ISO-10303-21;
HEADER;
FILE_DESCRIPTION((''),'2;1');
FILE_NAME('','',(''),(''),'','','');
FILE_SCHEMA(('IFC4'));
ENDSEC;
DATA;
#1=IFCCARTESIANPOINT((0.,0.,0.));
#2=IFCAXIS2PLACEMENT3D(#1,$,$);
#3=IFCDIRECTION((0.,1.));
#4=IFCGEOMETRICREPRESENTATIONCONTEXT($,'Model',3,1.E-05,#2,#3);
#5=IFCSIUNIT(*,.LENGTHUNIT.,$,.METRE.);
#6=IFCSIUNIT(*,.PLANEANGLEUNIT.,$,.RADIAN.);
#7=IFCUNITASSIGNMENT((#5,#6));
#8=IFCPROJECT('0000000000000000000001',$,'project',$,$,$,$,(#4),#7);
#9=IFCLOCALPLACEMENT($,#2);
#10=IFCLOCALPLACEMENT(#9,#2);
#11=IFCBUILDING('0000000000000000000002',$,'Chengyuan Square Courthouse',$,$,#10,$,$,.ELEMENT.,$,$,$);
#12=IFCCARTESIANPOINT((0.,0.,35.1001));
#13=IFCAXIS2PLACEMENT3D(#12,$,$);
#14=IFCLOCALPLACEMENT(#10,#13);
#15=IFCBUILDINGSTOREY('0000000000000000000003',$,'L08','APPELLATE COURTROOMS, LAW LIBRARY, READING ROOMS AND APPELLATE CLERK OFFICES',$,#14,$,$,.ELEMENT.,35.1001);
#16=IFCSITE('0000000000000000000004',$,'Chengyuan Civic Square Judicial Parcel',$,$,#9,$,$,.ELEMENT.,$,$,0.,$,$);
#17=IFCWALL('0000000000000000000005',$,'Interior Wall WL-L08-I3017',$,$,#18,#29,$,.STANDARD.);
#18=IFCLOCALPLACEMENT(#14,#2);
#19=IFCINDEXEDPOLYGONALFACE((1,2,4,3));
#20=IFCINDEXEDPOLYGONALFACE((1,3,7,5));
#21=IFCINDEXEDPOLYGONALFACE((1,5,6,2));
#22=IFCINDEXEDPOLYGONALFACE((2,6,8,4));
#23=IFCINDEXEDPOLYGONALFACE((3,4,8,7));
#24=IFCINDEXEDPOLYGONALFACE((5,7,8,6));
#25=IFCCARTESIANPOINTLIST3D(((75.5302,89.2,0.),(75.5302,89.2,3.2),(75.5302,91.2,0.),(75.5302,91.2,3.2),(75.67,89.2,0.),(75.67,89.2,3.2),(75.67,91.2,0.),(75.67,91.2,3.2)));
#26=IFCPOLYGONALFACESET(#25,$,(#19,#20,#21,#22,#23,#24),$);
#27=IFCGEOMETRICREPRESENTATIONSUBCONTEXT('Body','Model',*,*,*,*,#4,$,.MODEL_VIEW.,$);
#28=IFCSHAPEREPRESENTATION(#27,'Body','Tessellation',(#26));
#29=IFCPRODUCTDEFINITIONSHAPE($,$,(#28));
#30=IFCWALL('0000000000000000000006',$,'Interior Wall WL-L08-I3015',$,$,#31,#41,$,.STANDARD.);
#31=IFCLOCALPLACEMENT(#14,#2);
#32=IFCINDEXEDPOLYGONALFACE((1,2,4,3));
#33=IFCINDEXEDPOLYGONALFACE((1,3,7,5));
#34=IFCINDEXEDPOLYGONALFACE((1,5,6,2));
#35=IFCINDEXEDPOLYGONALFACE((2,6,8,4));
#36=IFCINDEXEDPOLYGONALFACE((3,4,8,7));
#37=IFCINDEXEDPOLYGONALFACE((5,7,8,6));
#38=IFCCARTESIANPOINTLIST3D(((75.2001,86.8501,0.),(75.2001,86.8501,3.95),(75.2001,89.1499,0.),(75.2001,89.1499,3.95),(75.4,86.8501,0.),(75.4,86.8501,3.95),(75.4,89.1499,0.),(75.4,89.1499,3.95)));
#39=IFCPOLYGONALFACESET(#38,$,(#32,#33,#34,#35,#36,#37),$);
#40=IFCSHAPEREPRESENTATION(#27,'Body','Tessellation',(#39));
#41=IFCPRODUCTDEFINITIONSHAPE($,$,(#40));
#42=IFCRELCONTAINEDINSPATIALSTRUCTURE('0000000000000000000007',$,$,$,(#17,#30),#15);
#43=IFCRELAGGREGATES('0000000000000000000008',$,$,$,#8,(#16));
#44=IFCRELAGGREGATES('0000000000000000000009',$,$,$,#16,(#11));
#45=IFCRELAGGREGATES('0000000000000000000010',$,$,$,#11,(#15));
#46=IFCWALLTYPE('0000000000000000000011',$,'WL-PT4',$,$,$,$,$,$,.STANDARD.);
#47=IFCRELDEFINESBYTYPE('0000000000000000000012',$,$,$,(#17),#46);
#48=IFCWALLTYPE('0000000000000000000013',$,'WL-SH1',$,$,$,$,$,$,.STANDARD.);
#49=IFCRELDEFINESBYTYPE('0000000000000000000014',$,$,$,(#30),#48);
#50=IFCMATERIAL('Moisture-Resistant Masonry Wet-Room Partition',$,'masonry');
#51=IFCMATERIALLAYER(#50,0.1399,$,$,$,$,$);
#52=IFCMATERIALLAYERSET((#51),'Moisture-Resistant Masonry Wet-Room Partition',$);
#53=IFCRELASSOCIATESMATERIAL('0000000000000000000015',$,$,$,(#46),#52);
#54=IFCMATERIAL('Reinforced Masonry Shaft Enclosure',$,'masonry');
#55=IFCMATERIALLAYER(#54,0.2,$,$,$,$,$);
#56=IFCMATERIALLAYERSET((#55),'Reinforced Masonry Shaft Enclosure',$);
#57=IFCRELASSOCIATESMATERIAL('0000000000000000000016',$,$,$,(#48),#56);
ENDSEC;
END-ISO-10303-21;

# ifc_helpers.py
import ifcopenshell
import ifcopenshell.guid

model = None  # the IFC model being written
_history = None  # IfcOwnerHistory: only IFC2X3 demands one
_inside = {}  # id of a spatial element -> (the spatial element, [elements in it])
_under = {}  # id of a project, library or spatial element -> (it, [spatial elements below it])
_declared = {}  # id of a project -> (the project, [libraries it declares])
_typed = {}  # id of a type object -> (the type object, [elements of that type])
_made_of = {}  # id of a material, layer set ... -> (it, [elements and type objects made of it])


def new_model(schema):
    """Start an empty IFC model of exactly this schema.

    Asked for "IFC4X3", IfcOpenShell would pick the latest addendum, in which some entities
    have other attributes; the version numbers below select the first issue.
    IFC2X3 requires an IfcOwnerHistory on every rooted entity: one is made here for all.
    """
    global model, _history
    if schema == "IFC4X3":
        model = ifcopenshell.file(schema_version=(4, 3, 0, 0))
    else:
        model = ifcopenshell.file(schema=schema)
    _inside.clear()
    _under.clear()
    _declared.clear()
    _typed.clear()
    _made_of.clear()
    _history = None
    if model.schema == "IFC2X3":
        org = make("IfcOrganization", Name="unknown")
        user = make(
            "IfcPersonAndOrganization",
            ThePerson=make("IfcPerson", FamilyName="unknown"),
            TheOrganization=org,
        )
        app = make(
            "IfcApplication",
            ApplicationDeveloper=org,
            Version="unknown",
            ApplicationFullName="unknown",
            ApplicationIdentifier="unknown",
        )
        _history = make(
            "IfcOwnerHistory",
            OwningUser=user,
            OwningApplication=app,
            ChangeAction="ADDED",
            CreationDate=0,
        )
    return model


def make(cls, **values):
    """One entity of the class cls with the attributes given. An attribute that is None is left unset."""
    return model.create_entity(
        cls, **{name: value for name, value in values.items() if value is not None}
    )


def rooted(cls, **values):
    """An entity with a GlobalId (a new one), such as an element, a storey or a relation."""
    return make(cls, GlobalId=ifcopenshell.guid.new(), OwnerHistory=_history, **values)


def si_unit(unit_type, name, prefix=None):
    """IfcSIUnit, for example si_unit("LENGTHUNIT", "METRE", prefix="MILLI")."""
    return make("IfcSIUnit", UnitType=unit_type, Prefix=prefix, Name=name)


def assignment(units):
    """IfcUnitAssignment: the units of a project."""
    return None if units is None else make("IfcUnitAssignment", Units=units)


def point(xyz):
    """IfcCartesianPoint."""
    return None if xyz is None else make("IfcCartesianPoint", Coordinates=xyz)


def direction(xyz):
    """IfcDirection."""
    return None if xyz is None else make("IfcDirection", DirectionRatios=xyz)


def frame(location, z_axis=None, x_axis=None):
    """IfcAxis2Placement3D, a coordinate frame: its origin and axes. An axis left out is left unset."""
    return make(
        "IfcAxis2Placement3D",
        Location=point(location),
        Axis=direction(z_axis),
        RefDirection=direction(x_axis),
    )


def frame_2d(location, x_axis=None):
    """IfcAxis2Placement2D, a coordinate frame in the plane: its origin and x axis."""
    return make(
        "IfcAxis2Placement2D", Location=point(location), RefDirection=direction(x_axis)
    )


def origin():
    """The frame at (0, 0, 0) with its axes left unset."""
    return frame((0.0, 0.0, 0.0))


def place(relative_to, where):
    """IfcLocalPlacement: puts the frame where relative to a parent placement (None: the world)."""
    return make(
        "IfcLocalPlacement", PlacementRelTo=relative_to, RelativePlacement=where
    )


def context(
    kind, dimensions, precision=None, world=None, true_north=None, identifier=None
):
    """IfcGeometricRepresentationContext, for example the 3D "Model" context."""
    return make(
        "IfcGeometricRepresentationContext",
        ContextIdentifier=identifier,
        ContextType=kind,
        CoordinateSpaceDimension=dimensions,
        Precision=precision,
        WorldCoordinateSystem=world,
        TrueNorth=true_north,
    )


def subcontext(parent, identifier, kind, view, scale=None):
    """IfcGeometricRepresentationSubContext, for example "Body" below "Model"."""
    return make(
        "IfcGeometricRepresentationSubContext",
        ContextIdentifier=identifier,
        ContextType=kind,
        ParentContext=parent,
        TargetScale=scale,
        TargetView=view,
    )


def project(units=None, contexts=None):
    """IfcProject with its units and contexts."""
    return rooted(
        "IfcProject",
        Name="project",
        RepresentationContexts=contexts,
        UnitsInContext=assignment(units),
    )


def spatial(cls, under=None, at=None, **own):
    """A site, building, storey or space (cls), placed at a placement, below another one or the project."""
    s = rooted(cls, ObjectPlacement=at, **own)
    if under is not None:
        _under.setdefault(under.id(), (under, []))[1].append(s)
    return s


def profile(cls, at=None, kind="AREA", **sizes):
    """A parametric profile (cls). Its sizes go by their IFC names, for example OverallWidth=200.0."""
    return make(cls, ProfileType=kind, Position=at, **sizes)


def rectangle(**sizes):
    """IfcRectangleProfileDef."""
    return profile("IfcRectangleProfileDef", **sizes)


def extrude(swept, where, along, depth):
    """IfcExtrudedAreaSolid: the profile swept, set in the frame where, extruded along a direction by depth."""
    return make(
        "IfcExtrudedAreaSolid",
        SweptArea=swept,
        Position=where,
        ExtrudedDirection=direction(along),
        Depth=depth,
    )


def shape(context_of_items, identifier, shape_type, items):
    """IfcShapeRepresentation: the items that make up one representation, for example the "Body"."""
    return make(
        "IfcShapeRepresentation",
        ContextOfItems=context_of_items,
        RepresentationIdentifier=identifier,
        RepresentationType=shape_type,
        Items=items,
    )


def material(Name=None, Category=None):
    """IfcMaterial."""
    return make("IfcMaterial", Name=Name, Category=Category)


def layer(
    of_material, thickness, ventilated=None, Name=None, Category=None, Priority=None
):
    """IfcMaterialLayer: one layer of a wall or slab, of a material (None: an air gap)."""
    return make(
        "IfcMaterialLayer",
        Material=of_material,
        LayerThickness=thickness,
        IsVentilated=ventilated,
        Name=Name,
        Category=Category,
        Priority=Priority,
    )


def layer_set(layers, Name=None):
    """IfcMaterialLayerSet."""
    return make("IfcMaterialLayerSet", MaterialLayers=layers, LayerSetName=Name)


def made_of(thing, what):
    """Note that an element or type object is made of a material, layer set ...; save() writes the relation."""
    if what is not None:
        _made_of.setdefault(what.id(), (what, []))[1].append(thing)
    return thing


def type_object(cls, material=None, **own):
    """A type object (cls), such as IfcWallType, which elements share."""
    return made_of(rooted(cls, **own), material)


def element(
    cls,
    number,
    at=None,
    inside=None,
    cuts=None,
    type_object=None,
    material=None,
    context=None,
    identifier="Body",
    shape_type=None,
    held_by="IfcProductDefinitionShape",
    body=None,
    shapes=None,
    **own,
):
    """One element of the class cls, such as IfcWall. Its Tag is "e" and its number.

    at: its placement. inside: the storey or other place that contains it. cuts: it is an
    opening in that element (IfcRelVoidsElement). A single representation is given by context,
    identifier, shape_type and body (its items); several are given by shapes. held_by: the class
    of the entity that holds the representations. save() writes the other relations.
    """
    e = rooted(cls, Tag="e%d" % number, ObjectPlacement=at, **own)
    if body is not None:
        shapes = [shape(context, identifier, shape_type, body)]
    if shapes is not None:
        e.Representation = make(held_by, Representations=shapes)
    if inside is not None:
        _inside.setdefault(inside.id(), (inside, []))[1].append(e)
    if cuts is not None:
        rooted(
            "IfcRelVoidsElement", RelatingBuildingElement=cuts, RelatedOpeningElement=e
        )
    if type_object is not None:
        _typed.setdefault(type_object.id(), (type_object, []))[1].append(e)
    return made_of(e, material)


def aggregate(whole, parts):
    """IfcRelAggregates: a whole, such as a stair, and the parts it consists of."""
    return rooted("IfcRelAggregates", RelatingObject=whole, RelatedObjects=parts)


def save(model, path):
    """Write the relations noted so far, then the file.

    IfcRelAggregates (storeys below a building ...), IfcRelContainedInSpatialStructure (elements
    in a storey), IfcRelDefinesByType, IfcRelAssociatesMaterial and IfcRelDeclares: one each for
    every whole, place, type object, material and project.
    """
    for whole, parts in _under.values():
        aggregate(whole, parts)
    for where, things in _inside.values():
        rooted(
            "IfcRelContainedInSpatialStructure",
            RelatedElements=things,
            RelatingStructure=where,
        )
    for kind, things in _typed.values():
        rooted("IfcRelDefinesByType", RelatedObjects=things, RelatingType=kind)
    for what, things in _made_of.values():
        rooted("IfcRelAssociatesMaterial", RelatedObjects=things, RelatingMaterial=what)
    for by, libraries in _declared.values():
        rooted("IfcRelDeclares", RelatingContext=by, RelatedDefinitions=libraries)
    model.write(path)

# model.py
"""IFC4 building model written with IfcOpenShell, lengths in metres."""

from ifc_helpers import new_model, si_unit, direction, frame, frame_2d, origin, place, context, subcontext, project, spatial, rectangle, extrude, material, layer, layer_set, type_object, element, save


model = new_model("IFC4")

# Units and contexts
model_context = context("Model", 3, precision=1e-05, world=origin(), true_north=direction((0.0, 1.0)))
body_context = subcontext(model_context, "Body", "Model", "MODEL_VIEW")
ifc_project = project(units=[si_unit("LENGTHUNIT", "METRE"), si_unit("PLANEANGLEUNIT", "RADIAN")], contexts=[model_context])

# Site, building, storey
site_placement = place(None, origin())
site = spatial("IfcSite", under=ifc_project, at=site_placement, Name="Chengyuan Civic Square Judicial Parcel", CompositionType="ELEMENT", RefElevation=0.0)
building_placement = place(site_placement, origin())
building = spatial("IfcBuilding", under=site, at=building_placement, Name="Chengyuan Square Courthouse", CompositionType="ELEMENT")
storey_placement = place(building_placement, frame((0.0, 0.0, 35.1001)))
storey = spatial("IfcBuildingStorey", under=building, at=storey_placement, Name="L08", Description="APPELLATE COURTROOMS, LAW LIBRARY, READING ROOMS AND APPELLATE CLERK OFFICES", CompositionType="ELEMENT", Elevation=35.1001)

# Shared definitions
ifc_material_1 = material(Name="Moisture-Resistant Masonry Wet-Room Partition", Category="masonry")
ifc_layer_1 = layer(ifc_material_1, 0.1399)
ifc_layer_set_1 = layer_set([ifc_layer_1], Name="Moisture-Resistant Masonry Wet-Room Partition")
wall_type_1 = type_object("IfcWallType", Name="WL-PT4", PredefinedType="STANDARD", material=ifc_layer_set_1)

# Wall
wall_1_placement = place(storey_placement, frame((75.6001, 89.2, 0.0), z_axis=(0.0, 0.0, 1.0), x_axis=(0.0, 1.0, 0.0)))
element("IfcWall", 1, at=wall_1_placement, inside=storey, type_object=wall_type_1, Name="Interior Wall WL-L08-I3017", PredefinedType="STANDARD", context=body_context, shape_type="SweptSolid", body=[
    extrude(rectangle(XDim=2.0, YDim=0.1399, at=frame_2d((1.0, 0.0))), origin(), (0.0, 0.0, 1.0), 3.2),
])

# Wall
ifc_material_2 = material(Name="Reinforced Masonry Shaft Enclosure", Category="masonry")
ifc_layer_2 = layer(ifc_material_2, 0.2)
ifc_layer_set_2 = layer_set([ifc_layer_2], Name="Reinforced Masonry Shaft Enclosure")
wall_type_2 = type_object("IfcWallType", Name="WL-SH1", PredefinedType="STANDARD", material=ifc_layer_set_2)
wall_2_placement = place(storey_placement, frame((75.3, 86.8501, 0.0), z_axis=(0.0, 0.0, 1.0), x_axis=(0.0, 1.0, 0.0)))
element("IfcWall", 2, at=wall_2_placement, inside=storey, type_object=wall_type_2, Name="Interior Wall WL-L08-I3015", PredefinedType="STANDARD", context=body_context, shape_type="SweptSolid", body=[
    extrude(rectangle(XDim=2.2998, YDim=0.2, at=frame_2d((1.1499, 0.0))), origin(), (0.0, 0.0, 1.0), 3.95),
])

save(model, "model.ifc")
